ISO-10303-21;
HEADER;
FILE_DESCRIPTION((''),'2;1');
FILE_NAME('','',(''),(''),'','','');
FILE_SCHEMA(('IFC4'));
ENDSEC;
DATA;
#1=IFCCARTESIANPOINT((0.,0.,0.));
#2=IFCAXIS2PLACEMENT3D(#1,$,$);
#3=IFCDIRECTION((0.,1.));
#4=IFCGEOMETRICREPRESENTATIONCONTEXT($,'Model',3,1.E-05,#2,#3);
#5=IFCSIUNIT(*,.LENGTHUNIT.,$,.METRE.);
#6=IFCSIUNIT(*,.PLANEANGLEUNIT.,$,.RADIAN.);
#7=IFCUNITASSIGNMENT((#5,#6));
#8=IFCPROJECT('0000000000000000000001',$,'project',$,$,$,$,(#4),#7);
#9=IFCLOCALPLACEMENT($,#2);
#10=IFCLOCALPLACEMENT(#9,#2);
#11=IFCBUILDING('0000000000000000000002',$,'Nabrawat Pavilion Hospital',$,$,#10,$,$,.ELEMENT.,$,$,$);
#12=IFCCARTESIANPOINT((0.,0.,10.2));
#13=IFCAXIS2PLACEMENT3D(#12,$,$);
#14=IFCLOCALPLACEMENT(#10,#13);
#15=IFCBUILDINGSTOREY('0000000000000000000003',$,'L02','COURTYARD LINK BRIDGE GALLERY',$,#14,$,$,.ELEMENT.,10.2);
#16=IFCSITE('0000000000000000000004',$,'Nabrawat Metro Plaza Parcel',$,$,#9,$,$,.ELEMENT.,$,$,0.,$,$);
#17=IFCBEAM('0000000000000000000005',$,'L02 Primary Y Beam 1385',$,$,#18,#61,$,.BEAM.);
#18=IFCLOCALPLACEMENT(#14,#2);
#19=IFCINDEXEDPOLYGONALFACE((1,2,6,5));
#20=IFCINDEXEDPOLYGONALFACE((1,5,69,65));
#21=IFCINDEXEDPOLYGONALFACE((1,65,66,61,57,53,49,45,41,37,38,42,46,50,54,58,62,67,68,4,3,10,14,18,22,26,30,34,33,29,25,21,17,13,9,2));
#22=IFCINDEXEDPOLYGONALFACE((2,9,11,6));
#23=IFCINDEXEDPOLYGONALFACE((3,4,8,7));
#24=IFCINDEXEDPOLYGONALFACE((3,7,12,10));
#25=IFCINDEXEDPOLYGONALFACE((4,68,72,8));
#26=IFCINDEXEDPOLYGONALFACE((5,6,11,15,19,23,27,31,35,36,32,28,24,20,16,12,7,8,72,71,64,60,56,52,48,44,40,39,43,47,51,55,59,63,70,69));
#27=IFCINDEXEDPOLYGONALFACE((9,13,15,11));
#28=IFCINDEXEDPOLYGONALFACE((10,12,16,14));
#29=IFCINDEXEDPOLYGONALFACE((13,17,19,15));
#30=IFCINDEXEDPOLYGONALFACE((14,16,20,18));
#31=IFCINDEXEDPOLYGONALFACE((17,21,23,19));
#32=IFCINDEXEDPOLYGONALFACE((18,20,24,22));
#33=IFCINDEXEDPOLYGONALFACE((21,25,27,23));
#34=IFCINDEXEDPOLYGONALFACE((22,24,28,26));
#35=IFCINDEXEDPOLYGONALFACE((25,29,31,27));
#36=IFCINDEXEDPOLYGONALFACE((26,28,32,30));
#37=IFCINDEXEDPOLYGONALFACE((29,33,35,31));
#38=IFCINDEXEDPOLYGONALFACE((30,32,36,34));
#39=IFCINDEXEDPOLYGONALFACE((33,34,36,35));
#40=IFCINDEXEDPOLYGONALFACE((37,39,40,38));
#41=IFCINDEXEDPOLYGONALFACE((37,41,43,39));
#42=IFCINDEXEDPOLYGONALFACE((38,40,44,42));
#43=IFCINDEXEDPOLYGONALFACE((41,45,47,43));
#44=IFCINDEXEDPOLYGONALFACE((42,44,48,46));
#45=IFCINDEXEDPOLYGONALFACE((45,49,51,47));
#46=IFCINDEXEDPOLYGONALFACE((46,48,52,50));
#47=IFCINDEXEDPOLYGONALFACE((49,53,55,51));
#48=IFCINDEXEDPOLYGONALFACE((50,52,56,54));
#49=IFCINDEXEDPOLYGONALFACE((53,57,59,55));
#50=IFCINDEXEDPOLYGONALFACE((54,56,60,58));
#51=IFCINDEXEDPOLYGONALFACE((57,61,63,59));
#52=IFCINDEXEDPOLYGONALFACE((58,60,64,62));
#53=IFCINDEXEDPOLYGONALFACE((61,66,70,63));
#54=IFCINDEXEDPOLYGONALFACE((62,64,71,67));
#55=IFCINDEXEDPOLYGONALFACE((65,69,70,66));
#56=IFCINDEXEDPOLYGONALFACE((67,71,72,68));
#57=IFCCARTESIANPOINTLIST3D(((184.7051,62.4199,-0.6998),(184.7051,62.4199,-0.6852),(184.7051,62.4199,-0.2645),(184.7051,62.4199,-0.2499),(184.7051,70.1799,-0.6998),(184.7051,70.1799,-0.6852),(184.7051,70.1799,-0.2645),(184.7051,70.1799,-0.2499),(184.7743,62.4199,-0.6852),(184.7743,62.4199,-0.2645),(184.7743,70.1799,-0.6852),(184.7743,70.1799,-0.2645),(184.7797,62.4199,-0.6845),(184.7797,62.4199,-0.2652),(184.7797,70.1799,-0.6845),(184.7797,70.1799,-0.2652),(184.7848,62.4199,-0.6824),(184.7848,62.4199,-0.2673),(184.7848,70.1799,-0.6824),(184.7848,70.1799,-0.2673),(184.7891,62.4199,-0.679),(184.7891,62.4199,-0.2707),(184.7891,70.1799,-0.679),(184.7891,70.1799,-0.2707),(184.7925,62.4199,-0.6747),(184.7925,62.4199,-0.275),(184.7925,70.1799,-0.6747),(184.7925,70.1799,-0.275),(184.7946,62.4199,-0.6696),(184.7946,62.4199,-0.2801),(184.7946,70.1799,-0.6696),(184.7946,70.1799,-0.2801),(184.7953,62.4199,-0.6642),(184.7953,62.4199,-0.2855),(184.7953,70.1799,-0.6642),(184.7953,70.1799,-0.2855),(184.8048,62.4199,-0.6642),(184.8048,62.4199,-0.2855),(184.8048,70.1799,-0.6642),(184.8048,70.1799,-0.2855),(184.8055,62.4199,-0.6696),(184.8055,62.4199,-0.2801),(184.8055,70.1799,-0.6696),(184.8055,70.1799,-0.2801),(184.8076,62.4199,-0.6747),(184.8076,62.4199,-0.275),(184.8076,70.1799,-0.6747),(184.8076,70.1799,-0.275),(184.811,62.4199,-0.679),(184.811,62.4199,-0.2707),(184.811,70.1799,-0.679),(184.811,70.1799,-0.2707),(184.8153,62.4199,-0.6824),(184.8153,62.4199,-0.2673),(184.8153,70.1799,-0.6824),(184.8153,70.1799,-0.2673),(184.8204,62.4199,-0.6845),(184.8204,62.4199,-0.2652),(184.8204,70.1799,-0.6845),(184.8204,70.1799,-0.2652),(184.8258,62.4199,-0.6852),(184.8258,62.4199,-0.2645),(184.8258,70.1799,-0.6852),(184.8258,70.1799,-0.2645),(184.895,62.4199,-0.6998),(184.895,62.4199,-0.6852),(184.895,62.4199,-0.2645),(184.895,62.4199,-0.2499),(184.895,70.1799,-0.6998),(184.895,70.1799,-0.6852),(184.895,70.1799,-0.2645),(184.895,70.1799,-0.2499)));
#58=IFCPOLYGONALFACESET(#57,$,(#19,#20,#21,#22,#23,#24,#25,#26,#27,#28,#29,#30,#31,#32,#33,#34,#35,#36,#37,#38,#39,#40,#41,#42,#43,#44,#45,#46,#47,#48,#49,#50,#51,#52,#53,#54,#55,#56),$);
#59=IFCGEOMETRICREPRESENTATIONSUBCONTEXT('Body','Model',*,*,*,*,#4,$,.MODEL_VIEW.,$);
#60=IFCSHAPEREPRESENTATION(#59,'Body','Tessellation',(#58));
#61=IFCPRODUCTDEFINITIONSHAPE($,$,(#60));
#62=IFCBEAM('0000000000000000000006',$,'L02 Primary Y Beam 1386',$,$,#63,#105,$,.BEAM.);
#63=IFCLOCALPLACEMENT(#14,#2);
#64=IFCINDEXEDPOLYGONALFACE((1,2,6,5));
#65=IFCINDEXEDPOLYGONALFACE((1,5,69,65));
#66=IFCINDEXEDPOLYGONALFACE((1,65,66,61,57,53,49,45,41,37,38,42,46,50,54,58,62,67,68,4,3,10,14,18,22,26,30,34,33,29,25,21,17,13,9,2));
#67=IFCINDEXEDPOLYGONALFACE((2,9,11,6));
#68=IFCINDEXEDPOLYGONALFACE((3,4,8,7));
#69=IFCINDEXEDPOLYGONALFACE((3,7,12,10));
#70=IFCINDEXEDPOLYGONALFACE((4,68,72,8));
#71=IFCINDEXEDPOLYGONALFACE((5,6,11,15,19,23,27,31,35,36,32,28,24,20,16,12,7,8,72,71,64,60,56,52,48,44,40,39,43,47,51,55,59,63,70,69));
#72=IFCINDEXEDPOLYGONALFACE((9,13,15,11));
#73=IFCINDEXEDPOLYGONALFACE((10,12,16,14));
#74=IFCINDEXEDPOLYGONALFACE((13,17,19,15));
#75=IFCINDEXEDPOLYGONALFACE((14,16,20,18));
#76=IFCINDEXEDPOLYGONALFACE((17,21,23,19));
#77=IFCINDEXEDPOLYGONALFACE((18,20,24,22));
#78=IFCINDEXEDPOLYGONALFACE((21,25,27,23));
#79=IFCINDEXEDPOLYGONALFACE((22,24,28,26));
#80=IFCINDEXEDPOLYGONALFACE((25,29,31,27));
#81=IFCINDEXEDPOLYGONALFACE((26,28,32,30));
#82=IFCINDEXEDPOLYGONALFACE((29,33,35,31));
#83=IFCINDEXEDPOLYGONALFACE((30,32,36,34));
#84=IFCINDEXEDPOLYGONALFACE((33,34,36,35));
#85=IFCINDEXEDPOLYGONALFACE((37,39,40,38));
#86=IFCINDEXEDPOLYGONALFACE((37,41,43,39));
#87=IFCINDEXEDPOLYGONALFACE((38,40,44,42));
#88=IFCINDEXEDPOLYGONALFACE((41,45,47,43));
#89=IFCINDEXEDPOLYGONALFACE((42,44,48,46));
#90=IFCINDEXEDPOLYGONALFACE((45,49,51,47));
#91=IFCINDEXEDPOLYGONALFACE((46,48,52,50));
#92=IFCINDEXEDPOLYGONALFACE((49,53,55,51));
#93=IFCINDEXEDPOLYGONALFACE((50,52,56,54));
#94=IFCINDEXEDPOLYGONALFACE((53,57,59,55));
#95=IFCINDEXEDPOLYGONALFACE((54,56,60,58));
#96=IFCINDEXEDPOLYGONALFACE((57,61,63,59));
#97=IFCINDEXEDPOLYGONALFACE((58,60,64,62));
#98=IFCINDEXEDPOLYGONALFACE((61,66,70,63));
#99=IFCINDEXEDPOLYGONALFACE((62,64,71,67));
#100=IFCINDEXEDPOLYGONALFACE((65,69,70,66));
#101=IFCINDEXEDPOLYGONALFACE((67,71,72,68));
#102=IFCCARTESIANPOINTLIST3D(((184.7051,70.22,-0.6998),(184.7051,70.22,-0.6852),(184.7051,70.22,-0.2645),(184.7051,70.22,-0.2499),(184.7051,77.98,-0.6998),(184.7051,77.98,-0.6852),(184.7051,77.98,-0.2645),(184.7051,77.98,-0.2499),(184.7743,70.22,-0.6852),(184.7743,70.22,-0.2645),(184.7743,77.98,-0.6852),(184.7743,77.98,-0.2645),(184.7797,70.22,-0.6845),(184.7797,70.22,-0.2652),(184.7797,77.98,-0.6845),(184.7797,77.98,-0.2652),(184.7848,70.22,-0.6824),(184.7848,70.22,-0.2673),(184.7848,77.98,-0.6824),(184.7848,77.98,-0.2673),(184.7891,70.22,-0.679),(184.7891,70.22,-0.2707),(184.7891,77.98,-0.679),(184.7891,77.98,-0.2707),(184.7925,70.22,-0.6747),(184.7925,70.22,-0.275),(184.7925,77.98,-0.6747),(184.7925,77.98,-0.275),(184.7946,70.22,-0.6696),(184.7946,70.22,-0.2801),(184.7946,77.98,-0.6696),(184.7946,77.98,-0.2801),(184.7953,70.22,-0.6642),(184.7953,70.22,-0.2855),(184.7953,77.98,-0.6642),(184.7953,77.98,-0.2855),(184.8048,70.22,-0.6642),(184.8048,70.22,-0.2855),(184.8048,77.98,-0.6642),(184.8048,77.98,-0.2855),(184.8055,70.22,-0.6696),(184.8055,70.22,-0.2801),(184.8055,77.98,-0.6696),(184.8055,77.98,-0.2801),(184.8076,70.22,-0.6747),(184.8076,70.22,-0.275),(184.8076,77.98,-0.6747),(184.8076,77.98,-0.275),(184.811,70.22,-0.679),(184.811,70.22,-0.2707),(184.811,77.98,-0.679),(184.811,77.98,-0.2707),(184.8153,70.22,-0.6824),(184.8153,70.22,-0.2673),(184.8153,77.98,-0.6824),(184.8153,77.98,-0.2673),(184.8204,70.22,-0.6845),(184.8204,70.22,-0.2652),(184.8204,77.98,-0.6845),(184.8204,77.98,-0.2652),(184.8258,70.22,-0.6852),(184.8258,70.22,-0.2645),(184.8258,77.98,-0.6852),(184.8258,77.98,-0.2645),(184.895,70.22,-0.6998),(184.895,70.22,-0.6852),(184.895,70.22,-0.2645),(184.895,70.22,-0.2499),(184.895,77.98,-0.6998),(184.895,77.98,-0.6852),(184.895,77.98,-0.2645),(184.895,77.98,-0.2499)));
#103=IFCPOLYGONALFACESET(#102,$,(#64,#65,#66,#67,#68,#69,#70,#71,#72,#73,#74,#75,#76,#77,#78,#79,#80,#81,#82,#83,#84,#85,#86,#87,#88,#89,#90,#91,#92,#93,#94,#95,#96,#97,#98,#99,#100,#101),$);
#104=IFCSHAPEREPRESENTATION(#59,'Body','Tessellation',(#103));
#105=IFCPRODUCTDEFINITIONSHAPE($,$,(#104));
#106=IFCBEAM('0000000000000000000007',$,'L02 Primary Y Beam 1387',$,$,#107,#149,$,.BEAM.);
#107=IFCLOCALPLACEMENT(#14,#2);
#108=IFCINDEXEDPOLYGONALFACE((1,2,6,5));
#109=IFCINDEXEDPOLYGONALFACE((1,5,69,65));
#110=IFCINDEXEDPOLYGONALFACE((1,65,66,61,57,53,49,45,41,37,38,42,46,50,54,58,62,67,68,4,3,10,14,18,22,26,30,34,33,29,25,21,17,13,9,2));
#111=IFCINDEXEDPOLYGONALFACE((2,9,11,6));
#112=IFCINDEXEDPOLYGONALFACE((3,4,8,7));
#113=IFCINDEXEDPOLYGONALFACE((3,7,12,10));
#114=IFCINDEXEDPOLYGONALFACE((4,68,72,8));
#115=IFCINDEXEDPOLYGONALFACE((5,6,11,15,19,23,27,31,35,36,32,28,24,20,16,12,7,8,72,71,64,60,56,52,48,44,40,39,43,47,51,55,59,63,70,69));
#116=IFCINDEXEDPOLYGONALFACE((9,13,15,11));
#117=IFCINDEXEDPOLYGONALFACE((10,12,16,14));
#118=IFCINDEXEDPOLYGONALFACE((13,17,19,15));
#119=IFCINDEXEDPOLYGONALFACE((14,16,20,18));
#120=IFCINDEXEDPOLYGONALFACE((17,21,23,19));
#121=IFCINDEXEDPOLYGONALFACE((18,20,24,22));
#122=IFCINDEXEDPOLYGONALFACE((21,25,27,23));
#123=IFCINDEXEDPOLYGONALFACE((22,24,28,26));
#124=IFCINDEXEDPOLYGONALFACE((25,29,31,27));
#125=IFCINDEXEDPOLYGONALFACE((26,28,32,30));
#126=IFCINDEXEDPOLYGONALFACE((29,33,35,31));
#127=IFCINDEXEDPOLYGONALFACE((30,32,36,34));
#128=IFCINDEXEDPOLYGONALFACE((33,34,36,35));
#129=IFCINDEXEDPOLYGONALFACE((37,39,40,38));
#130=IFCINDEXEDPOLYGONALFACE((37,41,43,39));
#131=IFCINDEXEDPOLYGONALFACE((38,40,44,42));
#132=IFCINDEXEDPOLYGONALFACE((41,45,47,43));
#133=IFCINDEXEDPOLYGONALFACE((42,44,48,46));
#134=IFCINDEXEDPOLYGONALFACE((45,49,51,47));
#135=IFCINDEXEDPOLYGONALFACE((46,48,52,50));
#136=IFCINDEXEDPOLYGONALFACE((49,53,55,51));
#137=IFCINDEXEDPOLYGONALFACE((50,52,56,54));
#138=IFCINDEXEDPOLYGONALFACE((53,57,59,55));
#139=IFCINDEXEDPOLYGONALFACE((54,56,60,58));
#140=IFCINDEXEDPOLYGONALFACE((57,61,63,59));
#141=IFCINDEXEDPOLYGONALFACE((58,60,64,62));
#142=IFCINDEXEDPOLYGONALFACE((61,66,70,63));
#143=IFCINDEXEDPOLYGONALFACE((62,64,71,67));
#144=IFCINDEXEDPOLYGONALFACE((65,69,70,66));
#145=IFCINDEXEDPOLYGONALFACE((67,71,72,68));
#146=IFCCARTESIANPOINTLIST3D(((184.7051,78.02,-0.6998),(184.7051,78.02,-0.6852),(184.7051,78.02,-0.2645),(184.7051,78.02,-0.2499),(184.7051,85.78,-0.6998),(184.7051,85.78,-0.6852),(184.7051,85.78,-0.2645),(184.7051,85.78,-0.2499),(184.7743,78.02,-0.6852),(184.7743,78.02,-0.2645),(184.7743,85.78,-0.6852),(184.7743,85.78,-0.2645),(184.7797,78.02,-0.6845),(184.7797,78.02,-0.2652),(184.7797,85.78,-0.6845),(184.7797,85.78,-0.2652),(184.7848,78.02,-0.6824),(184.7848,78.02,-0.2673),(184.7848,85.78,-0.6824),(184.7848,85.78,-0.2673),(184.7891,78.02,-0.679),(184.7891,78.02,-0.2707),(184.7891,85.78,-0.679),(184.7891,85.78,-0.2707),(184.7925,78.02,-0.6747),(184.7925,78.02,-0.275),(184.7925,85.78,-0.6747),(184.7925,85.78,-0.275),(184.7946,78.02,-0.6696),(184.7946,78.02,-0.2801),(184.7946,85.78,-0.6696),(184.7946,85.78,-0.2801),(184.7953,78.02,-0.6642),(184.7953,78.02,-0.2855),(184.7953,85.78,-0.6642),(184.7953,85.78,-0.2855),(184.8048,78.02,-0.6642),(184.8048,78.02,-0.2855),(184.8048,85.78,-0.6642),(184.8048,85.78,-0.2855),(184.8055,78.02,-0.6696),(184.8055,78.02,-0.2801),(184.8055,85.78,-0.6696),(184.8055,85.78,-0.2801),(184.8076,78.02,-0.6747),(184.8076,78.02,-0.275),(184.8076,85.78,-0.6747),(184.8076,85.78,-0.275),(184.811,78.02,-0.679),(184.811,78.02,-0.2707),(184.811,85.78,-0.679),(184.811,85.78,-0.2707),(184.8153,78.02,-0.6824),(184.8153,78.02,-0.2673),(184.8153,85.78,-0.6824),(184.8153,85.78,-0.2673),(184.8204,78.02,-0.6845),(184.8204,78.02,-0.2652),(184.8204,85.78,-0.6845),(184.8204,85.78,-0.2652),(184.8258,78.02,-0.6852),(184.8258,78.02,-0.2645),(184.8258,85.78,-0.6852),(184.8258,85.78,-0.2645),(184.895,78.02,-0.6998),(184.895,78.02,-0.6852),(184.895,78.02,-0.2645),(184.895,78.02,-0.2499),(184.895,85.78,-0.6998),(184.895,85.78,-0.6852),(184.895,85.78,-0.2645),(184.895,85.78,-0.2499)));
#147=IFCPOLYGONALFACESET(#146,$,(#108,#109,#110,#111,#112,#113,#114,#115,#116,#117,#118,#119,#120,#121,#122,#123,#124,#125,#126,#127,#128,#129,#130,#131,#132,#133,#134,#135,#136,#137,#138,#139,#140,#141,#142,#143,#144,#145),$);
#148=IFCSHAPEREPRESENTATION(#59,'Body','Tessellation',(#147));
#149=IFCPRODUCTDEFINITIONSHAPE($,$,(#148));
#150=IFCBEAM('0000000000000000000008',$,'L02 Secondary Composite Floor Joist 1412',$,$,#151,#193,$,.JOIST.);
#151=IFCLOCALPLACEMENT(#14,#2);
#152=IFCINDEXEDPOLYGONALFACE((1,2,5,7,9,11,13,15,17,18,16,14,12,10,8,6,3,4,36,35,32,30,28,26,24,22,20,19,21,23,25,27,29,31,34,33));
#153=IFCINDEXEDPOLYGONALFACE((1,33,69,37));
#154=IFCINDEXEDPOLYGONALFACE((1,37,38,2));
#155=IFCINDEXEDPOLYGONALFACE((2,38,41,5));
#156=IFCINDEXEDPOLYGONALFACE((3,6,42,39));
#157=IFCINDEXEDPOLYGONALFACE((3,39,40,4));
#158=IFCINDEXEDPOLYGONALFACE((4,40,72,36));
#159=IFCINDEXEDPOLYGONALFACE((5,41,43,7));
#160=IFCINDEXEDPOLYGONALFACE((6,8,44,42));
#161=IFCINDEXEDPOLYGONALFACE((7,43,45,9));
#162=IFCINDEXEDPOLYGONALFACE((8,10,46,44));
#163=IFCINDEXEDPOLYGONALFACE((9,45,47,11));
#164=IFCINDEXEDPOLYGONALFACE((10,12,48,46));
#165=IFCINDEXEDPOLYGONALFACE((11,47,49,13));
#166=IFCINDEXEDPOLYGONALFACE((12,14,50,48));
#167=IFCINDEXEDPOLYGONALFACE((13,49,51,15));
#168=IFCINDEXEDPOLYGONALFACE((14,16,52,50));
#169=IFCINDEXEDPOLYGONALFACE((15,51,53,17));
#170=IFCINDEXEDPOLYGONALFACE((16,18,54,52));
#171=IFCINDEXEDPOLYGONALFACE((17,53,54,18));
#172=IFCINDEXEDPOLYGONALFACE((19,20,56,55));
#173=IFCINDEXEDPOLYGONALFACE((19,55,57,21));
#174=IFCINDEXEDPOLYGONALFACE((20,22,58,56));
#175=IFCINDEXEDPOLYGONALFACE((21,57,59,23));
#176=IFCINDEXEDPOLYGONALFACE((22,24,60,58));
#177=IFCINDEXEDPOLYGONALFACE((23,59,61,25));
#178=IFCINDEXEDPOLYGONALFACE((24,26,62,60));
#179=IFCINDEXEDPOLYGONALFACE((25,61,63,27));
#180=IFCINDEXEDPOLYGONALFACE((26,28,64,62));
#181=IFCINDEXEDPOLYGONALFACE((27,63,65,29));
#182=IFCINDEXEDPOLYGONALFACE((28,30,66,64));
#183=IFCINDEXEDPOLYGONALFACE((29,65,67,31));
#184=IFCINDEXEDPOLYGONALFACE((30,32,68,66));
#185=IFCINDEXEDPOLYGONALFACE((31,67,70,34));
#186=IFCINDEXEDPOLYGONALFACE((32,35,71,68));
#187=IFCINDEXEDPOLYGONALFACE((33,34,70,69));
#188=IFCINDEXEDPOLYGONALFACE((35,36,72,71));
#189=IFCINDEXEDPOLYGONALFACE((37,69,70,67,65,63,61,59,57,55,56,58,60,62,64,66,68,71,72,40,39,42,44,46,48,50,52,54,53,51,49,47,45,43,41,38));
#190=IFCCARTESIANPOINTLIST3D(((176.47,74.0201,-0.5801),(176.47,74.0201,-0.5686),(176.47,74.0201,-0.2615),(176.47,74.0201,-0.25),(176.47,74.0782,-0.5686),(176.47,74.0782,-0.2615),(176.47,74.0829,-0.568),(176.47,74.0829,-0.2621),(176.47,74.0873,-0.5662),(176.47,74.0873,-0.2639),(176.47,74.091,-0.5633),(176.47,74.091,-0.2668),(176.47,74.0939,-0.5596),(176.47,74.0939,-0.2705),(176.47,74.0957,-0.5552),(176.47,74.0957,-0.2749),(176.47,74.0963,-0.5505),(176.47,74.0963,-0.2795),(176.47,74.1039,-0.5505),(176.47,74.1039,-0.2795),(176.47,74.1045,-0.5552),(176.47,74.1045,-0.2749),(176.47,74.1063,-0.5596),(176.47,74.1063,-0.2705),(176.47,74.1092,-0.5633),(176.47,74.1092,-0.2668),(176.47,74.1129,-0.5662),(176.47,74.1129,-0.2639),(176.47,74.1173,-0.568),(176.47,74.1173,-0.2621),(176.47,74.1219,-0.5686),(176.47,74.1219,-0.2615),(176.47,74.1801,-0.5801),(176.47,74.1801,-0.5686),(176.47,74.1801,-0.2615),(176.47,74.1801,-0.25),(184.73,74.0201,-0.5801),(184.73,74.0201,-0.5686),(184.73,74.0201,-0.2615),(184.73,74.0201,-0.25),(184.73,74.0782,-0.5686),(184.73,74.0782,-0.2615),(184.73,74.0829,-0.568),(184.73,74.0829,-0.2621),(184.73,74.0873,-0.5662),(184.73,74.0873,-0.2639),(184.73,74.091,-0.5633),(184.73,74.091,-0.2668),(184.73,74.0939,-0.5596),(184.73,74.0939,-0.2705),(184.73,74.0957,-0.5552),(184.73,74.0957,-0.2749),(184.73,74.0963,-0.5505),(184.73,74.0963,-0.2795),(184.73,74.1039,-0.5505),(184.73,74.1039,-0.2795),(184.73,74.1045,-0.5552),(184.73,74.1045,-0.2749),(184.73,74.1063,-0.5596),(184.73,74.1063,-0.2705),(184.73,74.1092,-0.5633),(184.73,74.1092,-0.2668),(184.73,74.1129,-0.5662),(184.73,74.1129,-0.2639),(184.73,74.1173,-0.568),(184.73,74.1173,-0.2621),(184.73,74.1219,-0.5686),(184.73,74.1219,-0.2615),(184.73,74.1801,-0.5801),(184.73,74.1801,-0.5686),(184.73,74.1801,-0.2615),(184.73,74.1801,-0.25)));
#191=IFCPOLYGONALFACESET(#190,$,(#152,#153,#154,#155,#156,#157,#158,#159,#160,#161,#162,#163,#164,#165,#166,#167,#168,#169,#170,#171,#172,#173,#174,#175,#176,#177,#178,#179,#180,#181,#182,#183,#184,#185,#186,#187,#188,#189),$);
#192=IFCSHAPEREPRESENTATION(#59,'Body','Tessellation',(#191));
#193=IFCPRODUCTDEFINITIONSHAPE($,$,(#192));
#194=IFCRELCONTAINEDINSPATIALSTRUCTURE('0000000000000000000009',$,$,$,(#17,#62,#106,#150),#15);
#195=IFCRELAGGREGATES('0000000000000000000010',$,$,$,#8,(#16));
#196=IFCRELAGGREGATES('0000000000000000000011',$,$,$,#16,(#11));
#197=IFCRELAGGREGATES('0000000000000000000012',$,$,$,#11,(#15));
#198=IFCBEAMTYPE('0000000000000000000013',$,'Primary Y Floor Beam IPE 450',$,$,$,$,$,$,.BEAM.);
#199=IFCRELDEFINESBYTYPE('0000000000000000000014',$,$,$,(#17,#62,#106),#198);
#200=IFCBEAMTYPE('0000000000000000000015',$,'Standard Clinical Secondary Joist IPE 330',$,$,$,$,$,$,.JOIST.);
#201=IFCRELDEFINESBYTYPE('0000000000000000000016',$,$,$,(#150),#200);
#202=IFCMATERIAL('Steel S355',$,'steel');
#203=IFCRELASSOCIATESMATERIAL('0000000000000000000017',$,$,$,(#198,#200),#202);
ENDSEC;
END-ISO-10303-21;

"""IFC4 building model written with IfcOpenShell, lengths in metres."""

from ifc_helpers import new_model, si_unit, direction, frame, origin, origin_2d, place, context, subcontext, project, spatial, i_section, extrude, material, material_profile, profile_set, type_object, element, save


model = new_model("IFC4")

# Units and contexts
model_context = context("Model", 3, precision=1e-05, world=origin(), true_north=direction((0.0, 1.0)))
body_context = subcontext(model_context, "Body", "Model", "MODEL_VIEW")
ifc_project = project(units=[si_unit("LENGTHUNIT", "METRE"), si_unit("PLANEANGLEUNIT", "RADIAN")], contexts=[model_context])

# Site, building, storey
site_placement = place(None, origin())
site = spatial("IfcSite", under=ifc_project, at=site_placement, Name="Nabrawat Metro Plaza Parcel", CompositionType="ELEMENT", RefElevation=0.0)
building_placement = place(site_placement, origin())
building = spatial("IfcBuilding", under=site, at=building_placement, Name="Nabrawat Pavilion Hospital", CompositionType="ELEMENT")
storey_placement = place(building_placement, frame((0.0, 0.0, 10.2)))
storey = spatial("IfcBuildingStorey", under=building, at=storey_placement, Name="L02", Description="COURTYARD LINK BRIDGE GALLERY", CompositionType="ELEMENT", Elevation=10.2)

# Shared definitions
ifc_material_1 = material(Name="Steel S355", Category="steel")

# Beams
ifc_material_profile_1 = material_profile(ifc_material_1, i_section(OverallWidth=0.1899, OverallDepth=0.45, WebThickness=0.0095, FlangeThickness=0.0146, FilletRadius=0.021, at=origin_2d()), Name="IPE 450")
ifc_profile_set_1 = profile_set([ifc_material_profile_1], Name="Steel S355")
beam_type_1 = type_object("IfcBeamType", Name="Primary Y Floor Beam IPE 450", PredefinedType="BEAM", material=ifc_profile_set_1)
for number, where, z_axis, x_axis, name in (
    (1, (184.8, 62.4199, -0.4749), (0.0, 1.0, 0.0), (-1.0, 0.0, 0.0), "L02 Primary Y Beam 1385"),
    (2, (184.8, 70.22, -0.4749), (0.0, 1.0, 0.0), (-1.0, 0.0, 0.0), "L02 Primary Y Beam 1386"),
    (3, (184.8, 78.02, -0.4749), (0.0, 1.0, 0.0), (-1.0, 0.0, 0.0), "L02 Primary Y Beam 1387"),
):
    element("IfcBeam", number, at=place(storey_placement, frame(where, z_axis=z_axis, x_axis=x_axis)), inside=storey, type_object=beam_type_1, Name=name, PredefinedType="BEAM", context=body_context, shape_type="SweptSolid", body=[
        extrude(i_section(OverallWidth=0.1899, OverallDepth=0.45, WebThickness=0.0095, FlangeThickness=0.0146, FilletRadius=0.021, at=origin_2d()), origin(), (0.0, 0.0, 1.0), 7.76),
    ])
ifc_material_profile_2 = material_profile(ifc_material_1, i_section(OverallWidth=0.1599, OverallDepth=0.3301, WebThickness=0.0076, FlangeThickness=0.0115, FilletRadius=0.0181, at=origin_2d()), Name="IPE 330")
ifc_profile_set_2 = profile_set([ifc_material_profile_2], Name="Steel S355")
beam_type_2 = type_object("IfcBeamType", Name="Standard Clinical Secondary Joist IPE 330", PredefinedType="JOIST", material=ifc_profile_set_2)
beam_1_placement = place(storey_placement, frame((176.47, 74.1001, -0.415), z_axis=(1.0, 0.0, 0.0), x_axis=(0.0, 1.0, 0.0)))
element("IfcBeam", 4, at=beam_1_placement, inside=storey, type_object=beam_type_2, Name="L02 Secondary Composite Floor Joist 1412", PredefinedType="JOIST", context=body_context, shape_type="SweptSolid", body=[
    extrude(i_section(OverallWidth=0.1599, OverallDepth=0.3301, WebThickness=0.0076, FlangeThickness=0.0115, FilletRadius=0.0181, at=origin_2d()), origin(), (0.0, 0.0, 1.0), 8.26),
])

save(model, "model.ifc")
